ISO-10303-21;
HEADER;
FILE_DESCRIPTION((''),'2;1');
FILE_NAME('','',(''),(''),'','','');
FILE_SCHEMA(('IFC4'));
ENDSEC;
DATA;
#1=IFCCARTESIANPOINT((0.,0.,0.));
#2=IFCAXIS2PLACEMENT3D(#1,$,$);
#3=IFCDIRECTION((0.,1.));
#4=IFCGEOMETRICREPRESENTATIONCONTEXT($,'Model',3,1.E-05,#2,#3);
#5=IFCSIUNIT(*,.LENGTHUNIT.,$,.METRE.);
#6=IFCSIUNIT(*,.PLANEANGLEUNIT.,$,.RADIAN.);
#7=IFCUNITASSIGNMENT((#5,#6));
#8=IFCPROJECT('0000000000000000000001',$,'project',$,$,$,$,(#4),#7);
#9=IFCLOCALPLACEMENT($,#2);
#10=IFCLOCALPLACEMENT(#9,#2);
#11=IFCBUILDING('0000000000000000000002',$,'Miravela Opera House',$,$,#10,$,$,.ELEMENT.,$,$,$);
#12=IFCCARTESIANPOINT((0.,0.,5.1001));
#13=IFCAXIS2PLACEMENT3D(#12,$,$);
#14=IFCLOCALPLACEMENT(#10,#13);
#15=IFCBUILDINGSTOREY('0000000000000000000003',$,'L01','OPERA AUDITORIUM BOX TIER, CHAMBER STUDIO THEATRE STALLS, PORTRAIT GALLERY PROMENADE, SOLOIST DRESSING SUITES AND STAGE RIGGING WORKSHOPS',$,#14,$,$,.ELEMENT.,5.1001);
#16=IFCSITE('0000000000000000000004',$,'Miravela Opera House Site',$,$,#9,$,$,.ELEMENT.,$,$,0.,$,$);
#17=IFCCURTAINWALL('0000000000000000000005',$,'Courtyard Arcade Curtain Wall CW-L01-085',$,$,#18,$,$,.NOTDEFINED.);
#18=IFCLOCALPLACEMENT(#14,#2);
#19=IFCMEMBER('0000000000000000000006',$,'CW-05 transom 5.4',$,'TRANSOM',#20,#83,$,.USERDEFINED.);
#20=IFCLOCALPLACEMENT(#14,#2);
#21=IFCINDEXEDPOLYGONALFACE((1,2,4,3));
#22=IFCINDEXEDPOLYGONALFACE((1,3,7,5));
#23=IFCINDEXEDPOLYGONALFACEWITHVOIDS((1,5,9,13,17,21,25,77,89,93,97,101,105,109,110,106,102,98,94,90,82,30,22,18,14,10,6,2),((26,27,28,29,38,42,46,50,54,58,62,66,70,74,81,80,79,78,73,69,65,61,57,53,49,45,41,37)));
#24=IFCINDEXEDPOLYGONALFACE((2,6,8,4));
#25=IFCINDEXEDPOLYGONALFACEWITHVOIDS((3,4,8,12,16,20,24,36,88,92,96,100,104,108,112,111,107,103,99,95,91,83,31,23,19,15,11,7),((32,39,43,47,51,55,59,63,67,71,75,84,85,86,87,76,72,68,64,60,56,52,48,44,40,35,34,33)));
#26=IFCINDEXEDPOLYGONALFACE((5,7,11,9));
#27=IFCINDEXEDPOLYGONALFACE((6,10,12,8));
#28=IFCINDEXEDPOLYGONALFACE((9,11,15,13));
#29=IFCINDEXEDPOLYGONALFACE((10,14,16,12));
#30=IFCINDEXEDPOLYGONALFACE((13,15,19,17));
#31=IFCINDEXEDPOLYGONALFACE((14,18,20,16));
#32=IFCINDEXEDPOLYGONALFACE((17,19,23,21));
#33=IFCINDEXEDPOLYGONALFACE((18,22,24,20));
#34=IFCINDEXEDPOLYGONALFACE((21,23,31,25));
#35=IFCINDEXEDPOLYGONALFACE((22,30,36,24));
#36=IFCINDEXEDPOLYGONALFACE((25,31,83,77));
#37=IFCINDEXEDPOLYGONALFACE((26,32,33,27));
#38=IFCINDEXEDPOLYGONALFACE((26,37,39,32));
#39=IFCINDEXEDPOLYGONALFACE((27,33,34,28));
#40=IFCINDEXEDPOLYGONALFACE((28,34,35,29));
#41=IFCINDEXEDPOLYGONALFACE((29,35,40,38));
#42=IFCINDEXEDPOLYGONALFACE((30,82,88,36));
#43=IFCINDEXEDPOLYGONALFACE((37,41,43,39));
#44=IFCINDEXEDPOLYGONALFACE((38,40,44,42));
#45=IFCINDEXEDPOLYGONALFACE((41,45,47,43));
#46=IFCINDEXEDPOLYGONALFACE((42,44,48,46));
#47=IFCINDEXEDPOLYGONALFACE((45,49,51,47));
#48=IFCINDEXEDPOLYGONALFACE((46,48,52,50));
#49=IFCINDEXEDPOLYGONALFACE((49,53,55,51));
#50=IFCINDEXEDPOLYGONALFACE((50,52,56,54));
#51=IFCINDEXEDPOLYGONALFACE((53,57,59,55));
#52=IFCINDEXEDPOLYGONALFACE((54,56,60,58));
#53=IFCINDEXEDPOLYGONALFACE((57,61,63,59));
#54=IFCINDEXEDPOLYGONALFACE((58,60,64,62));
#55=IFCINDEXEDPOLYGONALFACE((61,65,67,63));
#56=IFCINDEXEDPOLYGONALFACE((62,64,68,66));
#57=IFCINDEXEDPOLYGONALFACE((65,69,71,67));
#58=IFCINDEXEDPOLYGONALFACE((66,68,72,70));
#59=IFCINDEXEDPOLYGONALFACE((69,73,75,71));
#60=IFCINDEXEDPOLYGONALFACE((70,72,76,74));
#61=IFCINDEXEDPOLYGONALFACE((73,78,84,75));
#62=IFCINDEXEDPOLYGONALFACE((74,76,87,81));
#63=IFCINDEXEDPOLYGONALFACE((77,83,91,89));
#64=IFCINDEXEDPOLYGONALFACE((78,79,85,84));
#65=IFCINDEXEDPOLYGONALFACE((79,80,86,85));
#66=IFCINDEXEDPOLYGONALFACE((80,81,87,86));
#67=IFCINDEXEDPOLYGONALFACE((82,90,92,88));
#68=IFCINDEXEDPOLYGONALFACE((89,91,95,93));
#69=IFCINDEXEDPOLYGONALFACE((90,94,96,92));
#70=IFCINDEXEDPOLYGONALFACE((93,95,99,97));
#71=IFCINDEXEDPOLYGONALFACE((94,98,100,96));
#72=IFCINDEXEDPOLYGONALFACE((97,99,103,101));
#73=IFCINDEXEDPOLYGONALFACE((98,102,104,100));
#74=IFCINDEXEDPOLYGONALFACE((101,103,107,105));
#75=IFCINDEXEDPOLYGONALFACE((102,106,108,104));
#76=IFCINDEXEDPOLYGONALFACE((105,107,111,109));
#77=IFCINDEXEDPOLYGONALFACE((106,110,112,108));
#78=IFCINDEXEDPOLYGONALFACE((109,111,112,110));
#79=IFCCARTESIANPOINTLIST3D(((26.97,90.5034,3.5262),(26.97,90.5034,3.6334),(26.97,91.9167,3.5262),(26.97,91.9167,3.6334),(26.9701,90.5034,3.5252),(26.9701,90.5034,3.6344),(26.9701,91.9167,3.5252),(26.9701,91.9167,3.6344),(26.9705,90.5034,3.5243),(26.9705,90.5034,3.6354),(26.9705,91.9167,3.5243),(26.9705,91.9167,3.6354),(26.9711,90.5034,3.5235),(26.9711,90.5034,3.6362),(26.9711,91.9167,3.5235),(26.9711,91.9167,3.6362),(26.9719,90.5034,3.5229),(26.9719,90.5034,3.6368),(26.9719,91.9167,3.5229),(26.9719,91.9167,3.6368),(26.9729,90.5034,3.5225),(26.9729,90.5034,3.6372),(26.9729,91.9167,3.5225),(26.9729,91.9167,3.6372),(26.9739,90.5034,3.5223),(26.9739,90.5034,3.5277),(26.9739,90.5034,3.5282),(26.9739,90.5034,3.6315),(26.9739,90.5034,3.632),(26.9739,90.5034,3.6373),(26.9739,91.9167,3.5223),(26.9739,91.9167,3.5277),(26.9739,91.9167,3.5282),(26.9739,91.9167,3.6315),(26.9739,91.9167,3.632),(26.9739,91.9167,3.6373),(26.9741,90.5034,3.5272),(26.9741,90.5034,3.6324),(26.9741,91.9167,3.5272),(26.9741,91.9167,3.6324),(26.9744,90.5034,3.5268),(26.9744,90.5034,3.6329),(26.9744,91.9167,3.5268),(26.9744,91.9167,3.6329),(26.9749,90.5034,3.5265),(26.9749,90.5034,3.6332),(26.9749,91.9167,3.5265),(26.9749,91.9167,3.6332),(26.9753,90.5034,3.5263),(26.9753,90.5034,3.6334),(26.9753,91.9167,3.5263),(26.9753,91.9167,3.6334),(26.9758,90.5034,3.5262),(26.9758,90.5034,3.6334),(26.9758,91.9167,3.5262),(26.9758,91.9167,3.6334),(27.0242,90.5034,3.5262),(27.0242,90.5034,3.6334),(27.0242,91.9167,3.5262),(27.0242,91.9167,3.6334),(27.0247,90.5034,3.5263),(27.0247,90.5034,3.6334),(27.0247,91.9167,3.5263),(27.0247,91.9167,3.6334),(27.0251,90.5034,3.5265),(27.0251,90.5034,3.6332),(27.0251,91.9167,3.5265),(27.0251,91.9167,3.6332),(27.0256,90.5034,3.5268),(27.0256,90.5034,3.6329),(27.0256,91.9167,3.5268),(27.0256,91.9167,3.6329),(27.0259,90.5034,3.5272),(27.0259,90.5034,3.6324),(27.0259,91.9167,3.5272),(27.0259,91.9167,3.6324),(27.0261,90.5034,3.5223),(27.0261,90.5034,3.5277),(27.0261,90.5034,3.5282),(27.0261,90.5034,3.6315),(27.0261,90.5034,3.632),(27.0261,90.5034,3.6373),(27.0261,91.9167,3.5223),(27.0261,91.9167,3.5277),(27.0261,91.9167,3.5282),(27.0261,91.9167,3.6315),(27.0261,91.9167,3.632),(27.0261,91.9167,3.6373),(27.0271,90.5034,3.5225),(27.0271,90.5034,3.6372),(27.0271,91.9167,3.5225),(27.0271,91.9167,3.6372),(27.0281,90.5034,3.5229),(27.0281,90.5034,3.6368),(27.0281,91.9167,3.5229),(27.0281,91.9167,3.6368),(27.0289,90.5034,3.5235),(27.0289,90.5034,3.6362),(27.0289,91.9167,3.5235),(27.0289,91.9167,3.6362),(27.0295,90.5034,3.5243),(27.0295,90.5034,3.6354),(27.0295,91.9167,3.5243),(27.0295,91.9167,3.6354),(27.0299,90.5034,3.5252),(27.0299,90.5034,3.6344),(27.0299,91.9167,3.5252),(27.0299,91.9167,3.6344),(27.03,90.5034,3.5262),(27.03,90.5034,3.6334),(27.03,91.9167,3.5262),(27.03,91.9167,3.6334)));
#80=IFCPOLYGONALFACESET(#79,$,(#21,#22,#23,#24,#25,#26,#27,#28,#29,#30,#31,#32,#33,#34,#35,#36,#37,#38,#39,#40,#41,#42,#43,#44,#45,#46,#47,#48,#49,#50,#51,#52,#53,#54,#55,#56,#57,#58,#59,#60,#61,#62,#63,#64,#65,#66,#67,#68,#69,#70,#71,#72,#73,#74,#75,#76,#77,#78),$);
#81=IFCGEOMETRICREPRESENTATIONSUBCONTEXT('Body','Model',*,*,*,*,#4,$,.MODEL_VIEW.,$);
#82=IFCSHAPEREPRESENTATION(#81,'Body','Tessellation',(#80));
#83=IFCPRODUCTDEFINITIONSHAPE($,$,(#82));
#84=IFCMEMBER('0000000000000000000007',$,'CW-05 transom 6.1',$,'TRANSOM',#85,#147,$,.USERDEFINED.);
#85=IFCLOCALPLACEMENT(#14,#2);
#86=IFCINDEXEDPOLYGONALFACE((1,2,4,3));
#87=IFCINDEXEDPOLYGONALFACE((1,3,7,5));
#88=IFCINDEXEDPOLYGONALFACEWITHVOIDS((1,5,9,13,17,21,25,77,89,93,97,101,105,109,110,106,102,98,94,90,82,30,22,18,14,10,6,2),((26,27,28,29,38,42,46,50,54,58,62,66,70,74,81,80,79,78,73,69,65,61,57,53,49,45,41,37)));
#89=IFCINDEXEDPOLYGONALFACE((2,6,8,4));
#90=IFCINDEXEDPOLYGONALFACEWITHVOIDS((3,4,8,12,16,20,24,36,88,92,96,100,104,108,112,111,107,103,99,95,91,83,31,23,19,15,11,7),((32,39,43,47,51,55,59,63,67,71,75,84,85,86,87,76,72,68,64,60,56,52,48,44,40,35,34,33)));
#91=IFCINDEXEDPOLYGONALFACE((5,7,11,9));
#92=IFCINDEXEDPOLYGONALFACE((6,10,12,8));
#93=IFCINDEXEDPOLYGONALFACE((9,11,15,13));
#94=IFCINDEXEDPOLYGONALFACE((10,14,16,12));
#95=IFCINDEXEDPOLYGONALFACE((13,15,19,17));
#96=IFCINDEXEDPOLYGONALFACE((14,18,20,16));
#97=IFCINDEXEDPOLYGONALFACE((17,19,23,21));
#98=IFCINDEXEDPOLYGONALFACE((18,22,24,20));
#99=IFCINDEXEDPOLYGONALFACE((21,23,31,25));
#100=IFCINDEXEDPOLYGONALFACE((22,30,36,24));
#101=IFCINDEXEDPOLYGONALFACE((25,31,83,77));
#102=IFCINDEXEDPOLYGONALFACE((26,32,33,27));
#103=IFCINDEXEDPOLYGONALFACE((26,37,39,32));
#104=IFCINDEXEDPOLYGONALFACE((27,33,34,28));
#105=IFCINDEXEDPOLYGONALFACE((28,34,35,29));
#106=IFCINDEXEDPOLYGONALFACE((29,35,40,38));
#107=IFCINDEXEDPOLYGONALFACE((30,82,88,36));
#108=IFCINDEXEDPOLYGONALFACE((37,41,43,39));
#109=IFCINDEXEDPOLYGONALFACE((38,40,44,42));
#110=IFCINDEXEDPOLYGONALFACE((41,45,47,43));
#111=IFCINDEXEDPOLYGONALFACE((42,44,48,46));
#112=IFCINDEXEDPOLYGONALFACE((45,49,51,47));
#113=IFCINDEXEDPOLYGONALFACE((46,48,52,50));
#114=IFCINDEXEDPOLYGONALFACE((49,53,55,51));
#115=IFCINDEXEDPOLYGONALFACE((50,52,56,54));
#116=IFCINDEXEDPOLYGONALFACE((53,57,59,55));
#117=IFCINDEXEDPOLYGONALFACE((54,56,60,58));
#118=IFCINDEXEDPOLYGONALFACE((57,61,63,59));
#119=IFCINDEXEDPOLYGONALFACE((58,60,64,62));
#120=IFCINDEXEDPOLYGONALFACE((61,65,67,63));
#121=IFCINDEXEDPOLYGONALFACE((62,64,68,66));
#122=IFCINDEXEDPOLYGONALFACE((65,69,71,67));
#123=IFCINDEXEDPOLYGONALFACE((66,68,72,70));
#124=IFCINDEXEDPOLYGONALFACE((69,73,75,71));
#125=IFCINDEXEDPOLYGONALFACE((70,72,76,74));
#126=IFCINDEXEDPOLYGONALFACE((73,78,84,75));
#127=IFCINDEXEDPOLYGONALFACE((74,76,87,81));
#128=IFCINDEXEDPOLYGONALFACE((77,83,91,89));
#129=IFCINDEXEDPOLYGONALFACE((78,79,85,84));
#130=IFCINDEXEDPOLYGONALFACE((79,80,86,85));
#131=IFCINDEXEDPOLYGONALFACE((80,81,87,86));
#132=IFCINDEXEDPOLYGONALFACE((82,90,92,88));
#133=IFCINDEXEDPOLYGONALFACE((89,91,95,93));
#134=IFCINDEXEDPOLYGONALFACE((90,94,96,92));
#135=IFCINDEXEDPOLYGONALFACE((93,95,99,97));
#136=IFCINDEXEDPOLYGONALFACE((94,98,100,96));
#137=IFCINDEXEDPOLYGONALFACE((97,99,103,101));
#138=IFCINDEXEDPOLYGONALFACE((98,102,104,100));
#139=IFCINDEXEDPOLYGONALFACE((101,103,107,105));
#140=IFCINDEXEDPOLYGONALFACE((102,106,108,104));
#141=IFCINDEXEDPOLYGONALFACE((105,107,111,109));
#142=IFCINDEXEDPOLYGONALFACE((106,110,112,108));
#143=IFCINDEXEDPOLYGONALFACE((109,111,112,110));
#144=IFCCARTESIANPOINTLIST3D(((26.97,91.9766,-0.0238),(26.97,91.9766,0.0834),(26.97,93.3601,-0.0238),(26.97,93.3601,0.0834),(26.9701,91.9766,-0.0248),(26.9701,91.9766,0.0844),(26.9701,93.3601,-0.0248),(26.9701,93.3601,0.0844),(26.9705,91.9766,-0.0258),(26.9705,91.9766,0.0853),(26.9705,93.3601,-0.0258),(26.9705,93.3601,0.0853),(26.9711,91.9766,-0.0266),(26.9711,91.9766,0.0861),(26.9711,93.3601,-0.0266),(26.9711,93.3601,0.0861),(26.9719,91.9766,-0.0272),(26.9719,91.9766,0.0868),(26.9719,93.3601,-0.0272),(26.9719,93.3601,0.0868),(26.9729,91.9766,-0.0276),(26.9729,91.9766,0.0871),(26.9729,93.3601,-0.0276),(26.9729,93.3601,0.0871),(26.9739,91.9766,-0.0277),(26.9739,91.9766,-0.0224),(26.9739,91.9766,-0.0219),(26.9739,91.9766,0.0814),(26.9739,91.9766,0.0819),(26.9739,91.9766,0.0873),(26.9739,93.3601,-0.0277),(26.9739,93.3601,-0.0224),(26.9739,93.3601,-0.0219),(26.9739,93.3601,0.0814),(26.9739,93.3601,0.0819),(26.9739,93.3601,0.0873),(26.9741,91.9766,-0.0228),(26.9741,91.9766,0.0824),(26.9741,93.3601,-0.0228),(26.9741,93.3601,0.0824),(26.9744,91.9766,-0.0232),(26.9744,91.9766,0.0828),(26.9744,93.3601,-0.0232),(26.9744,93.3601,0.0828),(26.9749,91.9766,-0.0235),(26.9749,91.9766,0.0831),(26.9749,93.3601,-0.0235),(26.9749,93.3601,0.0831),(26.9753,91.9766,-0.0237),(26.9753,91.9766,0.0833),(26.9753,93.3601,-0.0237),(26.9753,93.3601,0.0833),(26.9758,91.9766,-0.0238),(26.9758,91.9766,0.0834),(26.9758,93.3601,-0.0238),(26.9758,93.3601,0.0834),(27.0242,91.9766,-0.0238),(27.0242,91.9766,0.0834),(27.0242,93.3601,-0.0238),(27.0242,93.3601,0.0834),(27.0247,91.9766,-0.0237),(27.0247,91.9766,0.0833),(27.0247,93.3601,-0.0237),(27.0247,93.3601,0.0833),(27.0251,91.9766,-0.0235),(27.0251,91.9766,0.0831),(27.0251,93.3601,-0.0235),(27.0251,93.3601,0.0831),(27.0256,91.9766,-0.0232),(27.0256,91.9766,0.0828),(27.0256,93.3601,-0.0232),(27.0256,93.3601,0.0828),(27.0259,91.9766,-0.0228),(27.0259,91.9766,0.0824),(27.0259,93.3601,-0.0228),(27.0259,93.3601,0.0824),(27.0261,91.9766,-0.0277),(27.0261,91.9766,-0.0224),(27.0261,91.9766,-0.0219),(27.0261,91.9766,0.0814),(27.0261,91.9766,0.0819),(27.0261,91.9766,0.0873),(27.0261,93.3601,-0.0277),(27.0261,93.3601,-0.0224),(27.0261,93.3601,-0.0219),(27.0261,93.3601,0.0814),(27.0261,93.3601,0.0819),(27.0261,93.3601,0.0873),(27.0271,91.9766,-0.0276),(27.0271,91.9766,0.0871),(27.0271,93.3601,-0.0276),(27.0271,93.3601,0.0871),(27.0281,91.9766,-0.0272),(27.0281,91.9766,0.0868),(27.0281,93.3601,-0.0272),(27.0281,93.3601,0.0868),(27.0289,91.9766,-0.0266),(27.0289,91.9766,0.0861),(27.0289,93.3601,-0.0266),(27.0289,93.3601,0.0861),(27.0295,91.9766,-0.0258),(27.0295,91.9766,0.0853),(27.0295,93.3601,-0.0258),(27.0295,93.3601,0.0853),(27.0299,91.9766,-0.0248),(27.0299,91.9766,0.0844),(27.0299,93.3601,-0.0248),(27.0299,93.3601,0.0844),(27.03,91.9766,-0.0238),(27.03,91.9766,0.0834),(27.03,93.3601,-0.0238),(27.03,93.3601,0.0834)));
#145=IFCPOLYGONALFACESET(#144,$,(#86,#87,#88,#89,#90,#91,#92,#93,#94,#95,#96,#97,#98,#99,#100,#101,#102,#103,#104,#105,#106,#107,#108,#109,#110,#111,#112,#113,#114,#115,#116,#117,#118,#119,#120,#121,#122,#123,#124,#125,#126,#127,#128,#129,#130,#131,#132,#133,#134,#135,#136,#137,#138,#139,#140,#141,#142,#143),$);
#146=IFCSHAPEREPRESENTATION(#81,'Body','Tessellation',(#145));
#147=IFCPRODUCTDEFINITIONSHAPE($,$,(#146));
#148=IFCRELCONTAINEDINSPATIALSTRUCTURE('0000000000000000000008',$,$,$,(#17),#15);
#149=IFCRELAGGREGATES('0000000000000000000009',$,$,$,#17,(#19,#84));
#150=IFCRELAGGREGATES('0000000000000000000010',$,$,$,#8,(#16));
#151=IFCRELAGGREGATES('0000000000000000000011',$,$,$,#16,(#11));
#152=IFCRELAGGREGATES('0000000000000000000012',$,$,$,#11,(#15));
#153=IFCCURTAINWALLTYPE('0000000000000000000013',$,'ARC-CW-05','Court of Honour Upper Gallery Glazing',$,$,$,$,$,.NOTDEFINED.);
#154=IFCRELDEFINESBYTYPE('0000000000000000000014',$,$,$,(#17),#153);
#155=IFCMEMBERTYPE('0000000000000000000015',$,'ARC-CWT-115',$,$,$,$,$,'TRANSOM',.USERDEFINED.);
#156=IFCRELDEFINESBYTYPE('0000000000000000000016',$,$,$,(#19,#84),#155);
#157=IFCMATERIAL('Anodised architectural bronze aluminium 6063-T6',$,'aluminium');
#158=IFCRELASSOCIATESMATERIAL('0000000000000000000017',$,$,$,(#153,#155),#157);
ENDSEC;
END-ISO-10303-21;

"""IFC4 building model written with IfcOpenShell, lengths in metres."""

from ifc_helpers import new_model, si_unit, direction, frame, origin, origin_2d, place, context, subcontext, project, spatial, hollow_rectangle, extrude, material, material_profile, profile_set, type_object, element, aggregate, save


model = new_model("IFC4")

# Units and contexts
model_context = context("Model", 3, precision=1e-05, world=origin(), true_north=direction((0.0, 1.0)))
body_context = subcontext(model_context, "Body", "Model", "MODEL_VIEW")
ifc_project = project(units=[si_unit("LENGTHUNIT", "METRE"), si_unit("PLANEANGLEUNIT", "RADIAN")], contexts=[model_context])

# Site, building, storey
site_placement = place(None, origin())
site = spatial("IfcSite", under=ifc_project, at=site_placement, Name="Miravela Opera House Site", CompositionType="ELEMENT", RefElevation=0.0)
building_placement = place(site_placement, origin())
building = spatial("IfcBuilding", under=site, at=building_placement, Name="Miravela Opera House", CompositionType="ELEMENT")
storey_placement = place(building_placement, frame((0.0, 0.0, 5.1001)))
storey = spatial("IfcBuildingStorey", under=building, at=storey_placement, Name="L01", Description="OPERA AUDITORIUM BOX TIER, CHAMBER STUDIO THEATRE STALLS, PORTRAIT GALLERY PROMENADE, SOLOIST DRESSING SUITES AND STAGE RIGGING WORKSHOPS", CompositionType="ELEMENT", Elevation=5.1001)

# Curtain wall, members
ifc_material_1 = material(Name="Anodised architectural bronze aluminium 6063-T6", Category="aluminium")
curtain_wall_type = type_object("IfcCurtainWallType", Name="ARC-CW-05", Description="Court of Honour Upper Gallery Glazing", PredefinedType="NOTDEFINED", material=ifc_material_1)
curtain_wall_placement = place(storey_placement, origin())
curtain_wall = element("IfcCurtainWall", 1, at=curtain_wall_placement, inside=storey, type_object=curtain_wall_type, Name="Courtyard Arcade Curtain Wall CW-L01-085", PredefinedType="NOTDEFINED")
ifc_material_profile_1 = material_profile(ifc_material_1, hollow_rectangle(XDim=0.0601, YDim=0.115, WallThickness=0.0039, InnerFilletRadius=0.002, OuterFilletRadius=0.0039, at=origin_2d()), Name="CWT-60X115")
ifc_profile_set_1 = profile_set([ifc_material_profile_1])
member_type_1 = type_object("IfcMemberType", Name="ARC-CWT-115", ElementType="TRANSOM", PredefinedType="USERDEFINED", material=ifc_profile_set_1)
member_1_placement = place(storey_placement, frame((27.0, 90.5034, 3.5798), z_axis=(0.0, 1.0, 0.0), x_axis=(-1.0, 0.0, 0.0)))
member_1 = element("IfcMember", 2, at=member_1_placement, type_object=member_type_1, Name="CW-05 transom 5.4", ObjectType="TRANSOM", PredefinedType="USERDEFINED", context=body_context, shape_type="SweptSolid", body=[
    extrude(hollow_rectangle(XDim=0.0601, YDim=0.115, WallThickness=0.0039, InnerFilletRadius=0.002, OuterFilletRadius=0.0039, at=origin_2d()), origin(), (0.0, 0.0, 1.0), 1.4133),
])
member_2_placement = place(storey_placement, frame((27.0, 91.9766, 0.0298), z_axis=(0.0, 1.0, 0.0), x_axis=(-1.0, 0.0, 0.0)))
member_2 = element("IfcMember", 3, at=member_2_placement, type_object=member_type_1, Name="CW-05 transom 6.1", ObjectType="TRANSOM", PredefinedType="USERDEFINED", context=body_context, shape_type="SweptSolid", body=[
    extrude(hollow_rectangle(XDim=0.0601, YDim=0.115, WallThickness=0.0039, InnerFilletRadius=0.002, OuterFilletRadius=0.0039, at=origin_2d()), origin(), (0.0, 0.0, 1.0), 1.3835),
])
aggregate(curtain_wall, [member_1, member_2])

save(model, "model.ifc")
